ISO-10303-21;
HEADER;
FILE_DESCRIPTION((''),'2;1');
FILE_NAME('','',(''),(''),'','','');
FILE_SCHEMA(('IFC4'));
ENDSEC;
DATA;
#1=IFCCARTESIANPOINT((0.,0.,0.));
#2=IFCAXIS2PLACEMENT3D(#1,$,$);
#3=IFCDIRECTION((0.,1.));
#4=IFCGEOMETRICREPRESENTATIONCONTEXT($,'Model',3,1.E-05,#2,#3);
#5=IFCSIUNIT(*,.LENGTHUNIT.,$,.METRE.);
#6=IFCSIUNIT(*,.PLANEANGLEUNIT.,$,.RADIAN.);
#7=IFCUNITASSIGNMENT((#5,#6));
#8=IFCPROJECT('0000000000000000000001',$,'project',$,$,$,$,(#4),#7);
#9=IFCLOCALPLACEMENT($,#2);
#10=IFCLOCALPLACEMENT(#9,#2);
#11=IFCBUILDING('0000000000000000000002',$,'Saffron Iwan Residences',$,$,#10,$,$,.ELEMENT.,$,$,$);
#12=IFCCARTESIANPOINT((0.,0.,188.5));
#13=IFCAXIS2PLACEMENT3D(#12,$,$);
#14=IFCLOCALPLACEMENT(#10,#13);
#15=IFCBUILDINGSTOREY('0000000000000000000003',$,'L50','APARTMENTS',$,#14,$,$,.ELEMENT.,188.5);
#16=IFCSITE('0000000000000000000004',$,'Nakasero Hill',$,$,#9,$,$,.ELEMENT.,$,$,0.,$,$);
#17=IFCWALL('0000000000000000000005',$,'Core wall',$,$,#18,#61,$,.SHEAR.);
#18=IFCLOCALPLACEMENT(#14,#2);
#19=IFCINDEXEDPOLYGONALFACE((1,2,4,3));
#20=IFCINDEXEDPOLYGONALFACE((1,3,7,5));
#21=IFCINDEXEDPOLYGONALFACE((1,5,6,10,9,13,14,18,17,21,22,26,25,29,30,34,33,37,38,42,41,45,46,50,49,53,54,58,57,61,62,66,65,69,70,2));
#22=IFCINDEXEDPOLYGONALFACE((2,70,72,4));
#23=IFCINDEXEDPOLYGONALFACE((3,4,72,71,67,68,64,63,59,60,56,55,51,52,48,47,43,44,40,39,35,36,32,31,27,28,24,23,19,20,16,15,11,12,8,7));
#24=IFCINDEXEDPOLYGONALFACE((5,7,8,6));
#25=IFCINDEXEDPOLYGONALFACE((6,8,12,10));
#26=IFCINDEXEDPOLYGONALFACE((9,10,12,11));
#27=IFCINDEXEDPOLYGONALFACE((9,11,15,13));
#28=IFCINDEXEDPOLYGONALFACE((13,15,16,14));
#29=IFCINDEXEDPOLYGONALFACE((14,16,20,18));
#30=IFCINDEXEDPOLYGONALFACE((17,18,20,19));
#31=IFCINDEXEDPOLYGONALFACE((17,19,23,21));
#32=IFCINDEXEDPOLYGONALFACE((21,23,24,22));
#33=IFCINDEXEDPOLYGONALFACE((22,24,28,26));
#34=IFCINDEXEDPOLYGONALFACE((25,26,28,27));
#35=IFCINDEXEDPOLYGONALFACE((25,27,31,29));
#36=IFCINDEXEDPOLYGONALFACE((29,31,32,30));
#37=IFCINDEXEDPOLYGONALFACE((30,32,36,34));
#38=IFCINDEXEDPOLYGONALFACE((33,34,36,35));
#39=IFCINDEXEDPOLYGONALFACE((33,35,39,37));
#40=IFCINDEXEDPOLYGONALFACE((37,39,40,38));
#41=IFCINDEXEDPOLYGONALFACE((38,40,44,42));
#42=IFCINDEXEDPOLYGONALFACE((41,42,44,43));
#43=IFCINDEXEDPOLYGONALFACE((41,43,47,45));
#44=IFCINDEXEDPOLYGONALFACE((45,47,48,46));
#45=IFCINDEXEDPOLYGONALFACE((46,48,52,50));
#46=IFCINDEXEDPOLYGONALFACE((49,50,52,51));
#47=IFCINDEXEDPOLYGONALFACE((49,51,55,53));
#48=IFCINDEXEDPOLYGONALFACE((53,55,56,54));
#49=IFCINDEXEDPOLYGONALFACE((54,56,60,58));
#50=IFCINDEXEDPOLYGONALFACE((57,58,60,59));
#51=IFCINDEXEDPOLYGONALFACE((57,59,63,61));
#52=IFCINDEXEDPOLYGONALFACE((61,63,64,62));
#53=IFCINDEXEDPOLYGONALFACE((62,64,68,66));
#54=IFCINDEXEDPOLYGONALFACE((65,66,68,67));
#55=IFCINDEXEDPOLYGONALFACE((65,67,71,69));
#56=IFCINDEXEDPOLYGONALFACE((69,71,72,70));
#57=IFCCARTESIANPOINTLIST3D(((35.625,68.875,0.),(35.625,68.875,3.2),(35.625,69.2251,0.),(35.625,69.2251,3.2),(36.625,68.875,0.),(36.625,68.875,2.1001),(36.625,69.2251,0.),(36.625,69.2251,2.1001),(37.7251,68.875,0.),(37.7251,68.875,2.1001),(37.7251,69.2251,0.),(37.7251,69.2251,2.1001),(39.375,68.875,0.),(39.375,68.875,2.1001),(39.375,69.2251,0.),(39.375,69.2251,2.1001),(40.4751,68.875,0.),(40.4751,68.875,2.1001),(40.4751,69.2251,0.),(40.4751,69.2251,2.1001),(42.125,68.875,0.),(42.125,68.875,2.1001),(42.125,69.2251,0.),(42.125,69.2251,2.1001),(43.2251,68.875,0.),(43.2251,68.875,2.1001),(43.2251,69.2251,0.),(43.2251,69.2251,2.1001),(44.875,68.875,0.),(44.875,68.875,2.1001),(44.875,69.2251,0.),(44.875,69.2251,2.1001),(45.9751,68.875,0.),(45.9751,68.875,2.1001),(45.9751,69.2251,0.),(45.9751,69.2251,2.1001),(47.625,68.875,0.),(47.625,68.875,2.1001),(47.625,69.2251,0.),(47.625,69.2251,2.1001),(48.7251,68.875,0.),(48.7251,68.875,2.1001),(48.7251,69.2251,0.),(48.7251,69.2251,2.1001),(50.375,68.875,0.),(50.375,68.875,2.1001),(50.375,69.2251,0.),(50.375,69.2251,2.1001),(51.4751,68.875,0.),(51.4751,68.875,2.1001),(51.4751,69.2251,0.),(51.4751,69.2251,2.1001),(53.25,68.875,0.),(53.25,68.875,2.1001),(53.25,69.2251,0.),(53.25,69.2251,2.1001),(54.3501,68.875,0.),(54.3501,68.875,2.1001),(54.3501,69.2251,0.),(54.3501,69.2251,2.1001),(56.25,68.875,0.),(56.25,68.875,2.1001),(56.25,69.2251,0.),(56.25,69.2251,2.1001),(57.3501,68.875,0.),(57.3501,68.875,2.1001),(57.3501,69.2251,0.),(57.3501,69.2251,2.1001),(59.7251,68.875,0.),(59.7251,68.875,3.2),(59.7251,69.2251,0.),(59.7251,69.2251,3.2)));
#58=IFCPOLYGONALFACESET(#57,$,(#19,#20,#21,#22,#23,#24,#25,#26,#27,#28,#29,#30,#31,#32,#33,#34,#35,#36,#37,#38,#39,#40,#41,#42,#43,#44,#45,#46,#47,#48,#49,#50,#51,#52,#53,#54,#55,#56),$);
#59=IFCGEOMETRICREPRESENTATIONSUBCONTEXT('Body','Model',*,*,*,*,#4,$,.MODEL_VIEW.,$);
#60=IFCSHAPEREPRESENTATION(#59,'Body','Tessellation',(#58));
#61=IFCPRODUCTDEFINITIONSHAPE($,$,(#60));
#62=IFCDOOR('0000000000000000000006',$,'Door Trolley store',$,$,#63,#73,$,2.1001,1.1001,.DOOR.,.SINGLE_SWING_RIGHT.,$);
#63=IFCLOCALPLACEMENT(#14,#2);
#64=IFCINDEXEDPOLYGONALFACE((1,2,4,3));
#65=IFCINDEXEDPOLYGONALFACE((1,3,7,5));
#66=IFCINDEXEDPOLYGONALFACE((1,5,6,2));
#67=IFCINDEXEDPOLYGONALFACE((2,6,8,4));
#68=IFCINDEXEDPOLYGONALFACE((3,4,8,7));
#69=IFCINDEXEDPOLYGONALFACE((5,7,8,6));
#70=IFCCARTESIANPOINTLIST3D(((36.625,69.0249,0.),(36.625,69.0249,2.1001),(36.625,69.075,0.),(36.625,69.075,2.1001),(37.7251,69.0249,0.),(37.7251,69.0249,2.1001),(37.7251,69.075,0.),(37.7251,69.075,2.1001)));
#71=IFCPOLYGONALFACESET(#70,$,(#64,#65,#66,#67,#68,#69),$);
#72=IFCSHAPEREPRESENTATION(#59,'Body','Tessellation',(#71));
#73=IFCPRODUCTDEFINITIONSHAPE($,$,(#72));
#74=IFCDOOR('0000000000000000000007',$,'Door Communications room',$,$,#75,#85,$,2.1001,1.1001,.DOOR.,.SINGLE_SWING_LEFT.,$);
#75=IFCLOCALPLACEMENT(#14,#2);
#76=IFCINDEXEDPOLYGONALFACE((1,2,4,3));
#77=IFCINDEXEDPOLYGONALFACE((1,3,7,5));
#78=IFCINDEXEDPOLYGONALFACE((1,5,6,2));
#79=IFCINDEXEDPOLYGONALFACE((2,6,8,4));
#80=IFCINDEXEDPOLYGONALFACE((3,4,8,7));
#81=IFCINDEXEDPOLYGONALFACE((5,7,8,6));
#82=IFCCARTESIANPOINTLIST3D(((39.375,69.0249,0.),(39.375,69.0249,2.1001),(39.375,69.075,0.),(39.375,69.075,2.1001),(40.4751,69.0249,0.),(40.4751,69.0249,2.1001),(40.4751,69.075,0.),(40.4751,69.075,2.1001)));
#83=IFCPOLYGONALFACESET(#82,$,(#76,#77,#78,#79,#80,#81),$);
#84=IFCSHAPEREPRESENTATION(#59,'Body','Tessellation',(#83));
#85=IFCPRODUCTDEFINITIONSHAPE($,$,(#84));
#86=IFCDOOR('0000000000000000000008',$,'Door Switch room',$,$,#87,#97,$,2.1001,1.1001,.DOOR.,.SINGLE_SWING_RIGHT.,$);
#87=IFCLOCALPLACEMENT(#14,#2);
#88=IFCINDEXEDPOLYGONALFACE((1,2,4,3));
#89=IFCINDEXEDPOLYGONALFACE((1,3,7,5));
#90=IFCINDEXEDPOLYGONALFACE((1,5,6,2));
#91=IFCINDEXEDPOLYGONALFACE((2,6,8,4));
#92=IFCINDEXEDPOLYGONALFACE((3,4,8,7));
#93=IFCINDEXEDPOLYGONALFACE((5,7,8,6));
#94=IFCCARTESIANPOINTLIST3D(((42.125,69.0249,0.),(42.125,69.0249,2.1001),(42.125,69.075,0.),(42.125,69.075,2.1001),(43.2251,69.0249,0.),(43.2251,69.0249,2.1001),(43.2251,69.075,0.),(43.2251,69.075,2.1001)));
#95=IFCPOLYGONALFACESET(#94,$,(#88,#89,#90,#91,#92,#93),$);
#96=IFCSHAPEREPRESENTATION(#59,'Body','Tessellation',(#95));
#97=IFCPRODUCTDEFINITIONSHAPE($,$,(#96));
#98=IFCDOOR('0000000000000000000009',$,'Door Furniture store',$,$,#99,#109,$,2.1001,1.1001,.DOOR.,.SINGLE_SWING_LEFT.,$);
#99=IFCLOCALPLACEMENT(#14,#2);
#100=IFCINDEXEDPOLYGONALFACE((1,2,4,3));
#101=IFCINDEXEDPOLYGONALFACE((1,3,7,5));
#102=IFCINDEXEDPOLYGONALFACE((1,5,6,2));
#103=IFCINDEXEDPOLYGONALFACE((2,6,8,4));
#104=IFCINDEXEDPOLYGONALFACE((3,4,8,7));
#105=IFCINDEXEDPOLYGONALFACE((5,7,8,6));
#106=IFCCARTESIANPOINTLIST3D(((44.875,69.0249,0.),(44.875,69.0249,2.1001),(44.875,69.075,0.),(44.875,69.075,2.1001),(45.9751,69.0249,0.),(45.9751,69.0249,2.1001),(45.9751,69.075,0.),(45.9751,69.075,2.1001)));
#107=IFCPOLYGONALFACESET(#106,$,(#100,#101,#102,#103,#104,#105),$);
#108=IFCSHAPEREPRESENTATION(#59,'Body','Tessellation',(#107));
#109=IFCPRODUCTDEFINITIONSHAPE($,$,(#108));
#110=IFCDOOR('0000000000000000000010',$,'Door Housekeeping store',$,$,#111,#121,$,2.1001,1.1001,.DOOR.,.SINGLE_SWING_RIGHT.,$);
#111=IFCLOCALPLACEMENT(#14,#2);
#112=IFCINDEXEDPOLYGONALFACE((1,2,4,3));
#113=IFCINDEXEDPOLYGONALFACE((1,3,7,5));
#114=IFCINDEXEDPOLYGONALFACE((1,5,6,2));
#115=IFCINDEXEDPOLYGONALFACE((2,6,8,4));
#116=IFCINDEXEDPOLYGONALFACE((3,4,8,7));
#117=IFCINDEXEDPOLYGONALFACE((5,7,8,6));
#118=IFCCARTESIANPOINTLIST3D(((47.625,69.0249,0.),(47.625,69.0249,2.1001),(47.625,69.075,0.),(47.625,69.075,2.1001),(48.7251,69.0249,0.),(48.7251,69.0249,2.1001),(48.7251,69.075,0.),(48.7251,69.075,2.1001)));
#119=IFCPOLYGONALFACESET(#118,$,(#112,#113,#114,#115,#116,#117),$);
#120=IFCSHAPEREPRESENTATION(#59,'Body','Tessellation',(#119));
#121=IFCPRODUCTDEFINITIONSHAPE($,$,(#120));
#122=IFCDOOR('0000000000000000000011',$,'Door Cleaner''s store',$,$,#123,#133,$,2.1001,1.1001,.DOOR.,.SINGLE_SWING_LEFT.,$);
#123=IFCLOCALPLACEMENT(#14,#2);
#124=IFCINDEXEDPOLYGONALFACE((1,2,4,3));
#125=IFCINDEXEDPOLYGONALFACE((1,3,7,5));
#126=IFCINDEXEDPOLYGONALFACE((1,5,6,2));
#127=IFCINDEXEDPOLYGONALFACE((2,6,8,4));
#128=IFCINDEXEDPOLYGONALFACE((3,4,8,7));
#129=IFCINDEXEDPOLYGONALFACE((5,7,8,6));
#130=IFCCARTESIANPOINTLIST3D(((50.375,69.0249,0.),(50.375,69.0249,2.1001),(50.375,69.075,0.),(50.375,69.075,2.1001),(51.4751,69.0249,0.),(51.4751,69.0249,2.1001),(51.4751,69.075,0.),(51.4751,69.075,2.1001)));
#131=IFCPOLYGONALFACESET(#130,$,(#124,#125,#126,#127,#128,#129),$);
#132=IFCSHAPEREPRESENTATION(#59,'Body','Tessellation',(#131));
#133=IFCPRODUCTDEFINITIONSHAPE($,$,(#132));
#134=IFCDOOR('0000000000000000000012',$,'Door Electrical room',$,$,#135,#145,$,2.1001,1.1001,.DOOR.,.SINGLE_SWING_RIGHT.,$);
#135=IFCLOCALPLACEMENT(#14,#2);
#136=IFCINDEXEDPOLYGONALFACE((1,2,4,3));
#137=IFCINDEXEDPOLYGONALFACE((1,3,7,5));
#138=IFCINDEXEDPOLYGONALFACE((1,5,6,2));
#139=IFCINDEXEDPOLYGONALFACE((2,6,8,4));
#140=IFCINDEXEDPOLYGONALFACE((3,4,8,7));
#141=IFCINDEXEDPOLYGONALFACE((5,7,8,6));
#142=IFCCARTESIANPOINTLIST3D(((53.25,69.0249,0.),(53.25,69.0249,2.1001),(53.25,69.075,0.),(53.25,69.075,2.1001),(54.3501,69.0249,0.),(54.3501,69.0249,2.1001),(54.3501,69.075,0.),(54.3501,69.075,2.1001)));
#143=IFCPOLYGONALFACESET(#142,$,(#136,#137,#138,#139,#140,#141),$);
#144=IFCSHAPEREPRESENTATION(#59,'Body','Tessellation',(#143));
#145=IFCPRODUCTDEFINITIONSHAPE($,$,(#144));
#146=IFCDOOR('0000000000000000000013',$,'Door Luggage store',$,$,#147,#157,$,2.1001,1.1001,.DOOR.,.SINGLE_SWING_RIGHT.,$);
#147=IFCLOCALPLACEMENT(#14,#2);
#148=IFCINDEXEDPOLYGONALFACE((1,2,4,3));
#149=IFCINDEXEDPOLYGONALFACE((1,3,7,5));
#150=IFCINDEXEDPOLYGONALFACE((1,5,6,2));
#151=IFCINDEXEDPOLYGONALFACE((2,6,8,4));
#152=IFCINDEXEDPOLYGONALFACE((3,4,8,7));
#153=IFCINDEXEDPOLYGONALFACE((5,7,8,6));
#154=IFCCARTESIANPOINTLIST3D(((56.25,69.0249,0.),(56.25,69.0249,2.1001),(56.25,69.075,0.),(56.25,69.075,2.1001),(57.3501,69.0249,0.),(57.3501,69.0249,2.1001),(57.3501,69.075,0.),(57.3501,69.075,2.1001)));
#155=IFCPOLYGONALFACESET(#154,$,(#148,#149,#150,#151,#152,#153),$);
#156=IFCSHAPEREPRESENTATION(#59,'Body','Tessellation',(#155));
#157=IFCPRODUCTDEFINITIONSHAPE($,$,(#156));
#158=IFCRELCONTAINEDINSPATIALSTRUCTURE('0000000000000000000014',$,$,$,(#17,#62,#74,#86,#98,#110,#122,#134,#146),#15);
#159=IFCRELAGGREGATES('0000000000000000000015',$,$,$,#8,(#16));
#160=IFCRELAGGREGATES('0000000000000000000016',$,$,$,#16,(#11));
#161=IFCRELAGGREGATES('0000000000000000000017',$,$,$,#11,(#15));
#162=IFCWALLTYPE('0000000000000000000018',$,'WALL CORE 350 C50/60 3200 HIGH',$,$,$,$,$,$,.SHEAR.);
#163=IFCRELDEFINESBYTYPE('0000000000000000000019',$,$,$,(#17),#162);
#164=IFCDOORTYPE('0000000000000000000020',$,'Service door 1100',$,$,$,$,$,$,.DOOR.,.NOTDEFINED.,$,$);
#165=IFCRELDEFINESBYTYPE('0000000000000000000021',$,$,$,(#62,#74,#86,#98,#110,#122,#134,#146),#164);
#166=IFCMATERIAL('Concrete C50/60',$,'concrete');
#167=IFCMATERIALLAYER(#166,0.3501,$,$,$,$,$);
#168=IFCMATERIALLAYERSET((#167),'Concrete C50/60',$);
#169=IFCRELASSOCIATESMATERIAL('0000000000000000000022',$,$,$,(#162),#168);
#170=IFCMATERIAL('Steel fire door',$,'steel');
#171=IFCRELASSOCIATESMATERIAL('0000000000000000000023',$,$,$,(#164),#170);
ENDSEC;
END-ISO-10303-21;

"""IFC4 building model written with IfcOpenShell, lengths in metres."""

from ifc_helpers import new_model, si_unit, direction, frame, frame_2d, origin, place, context, subcontext, project, spatial, rectangle, extrude, material, layer, layer_set, type_object, element, fill, save


model = new_model("IFC4")

# Units and contexts
model_context = context("Model", 3, precision=1e-05, world=origin(), true_north=direction((0.0, 1.0)))
body_context = subcontext(model_context, "Body", "Model", "MODEL_VIEW")
ifc_project = project(units=[si_unit("LENGTHUNIT", "METRE"), si_unit("PLANEANGLEUNIT", "RADIAN")], contexts=[model_context])

# Site, building, storey
site_placement = place(None, origin())
site = spatial("IfcSite", under=ifc_project, at=site_placement, Name="Nakasero Hill", CompositionType="ELEMENT", RefElevation=0.0)
building_placement = place(site_placement, origin())
building = spatial("IfcBuilding", under=site, at=building_placement, Name="Saffron Iwan Residences", CompositionType="ELEMENT")
storey_placement = place(building_placement, frame((0.0, 0.0, 188.5)))
storey = spatial("IfcBuildingStorey", under=building, at=storey_placement, Name="L50", Description="APARTMENTS", CompositionType="ELEMENT", Elevation=188.5)

# Shared definitions
ifc_material_1 = material(Name="Steel fire door", Category="steel")

# Wall, openings, doors
ifc_material_2 = material(Name="Concrete C50/60", Category="concrete")
ifc_layer_1 = layer(ifc_material_2, 0.3501)
ifc_layer_set_1 = layer_set([ifc_layer_1], Name="Concrete C50/60")
wall_type_1 = type_object("IfcWallType", Name="WALL CORE 350 C50/60 3200 HIGH", PredefinedType="SHEAR", material=ifc_layer_set_1)
wall_1_placement = place(storey_placement, frame((35.625, 69.05, 0.0), z_axis=(0.0, 0.0, 1.0), x_axis=(1.0, 0.0, 0.0)))
wall_1 = element("IfcWall", 1, at=wall_1_placement, inside=storey, type_object=wall_type_1, Name="Core wall", PredefinedType="SHEAR", context=body_context, shape_type="SweptSolid", body=[
    extrude(rectangle(XDim=24.1001, YDim=0.3501, at=frame_2d((12.05, 0.0))), origin(), (0.0, 0.0, 1.0), 3.2),
])
opening_1_placement = place(wall_1_placement, frame((1.0, 0.0, 0.0)))
opening_1 = element("IfcOpeningElement", 2, at=opening_1_placement, cuts=wall_1, PredefinedType="OPENING", context=body_context, shape_type="SweptSolid", body=[
    extrude(rectangle(XDim=1.1001, YDim=2.1001, at=frame_2d((0.55, 1.05))), frame((0.0, 0.1851, 0.0), z_axis=(0.0, -1.0, 0.0), x_axis=(1.0, 0.0, 0.0)), (0.0, 0.0, 1.0), 0.3701),
])
opening_2_placement = place(wall_1_placement, frame((3.75, 0.0, 0.0)))
opening_2 = element("IfcOpeningElement", 3, at=opening_2_placement, cuts=wall_1, PredefinedType="OPENING", context=body_context, shape_type="SweptSolid", body=[
    extrude(rectangle(XDim=1.1001, YDim=2.1001, at=frame_2d((0.55, 1.05))), frame((0.0, 0.1851, 0.0), z_axis=(0.0, -1.0, 0.0), x_axis=(1.0, 0.0, 0.0)), (0.0, 0.0, 1.0), 0.3701),
])
opening_3_placement = place(wall_1_placement, frame((6.5, 0.0, 0.0)))
opening_3 = element("IfcOpeningElement", 4, at=opening_3_placement, cuts=wall_1, PredefinedType="OPENING", context=body_context, shape_type="SweptSolid", body=[
    extrude(rectangle(XDim=1.1001, YDim=2.1001, at=frame_2d((0.55, 1.05))), frame((0.0, 0.1851, 0.0), z_axis=(0.0, -1.0, 0.0), x_axis=(1.0, 0.0, 0.0)), (0.0, 0.0, 1.0), 0.3701),
])
opening_4_placement = place(wall_1_placement, frame((9.25, 0.0, 0.0)))
opening_4 = element("IfcOpeningElement", 5, at=opening_4_placement, cuts=wall_1, PredefinedType="OPENING", context=body_context, shape_type="SweptSolid", body=[
    extrude(rectangle(XDim=1.1001, YDim=2.1001, at=frame_2d((0.55, 1.05))), frame((0.0, 0.1851, 0.0), z_axis=(0.0, -1.0, 0.0), x_axis=(1.0, 0.0, 0.0)), (0.0, 0.0, 1.0), 0.3701),
])
opening_5_placement = place(wall_1_placement, frame((12.0, 0.0, 0.0)))
opening_5 = element("IfcOpeningElement", 6, at=opening_5_placement, cuts=wall_1, PredefinedType="OPENING", context=body_context, shape_type="SweptSolid", body=[
    extrude(rectangle(XDim=1.1001, YDim=2.1001, at=frame_2d((0.55, 1.05))), frame((0.0, 0.1851, 0.0), z_axis=(0.0, -1.0, 0.0), x_axis=(1.0, 0.0, 0.0)), (0.0, 0.0, 1.0), 0.3701),
])
opening_6_placement = place(wall_1_placement, frame((14.75, 0.0, 0.0)))
opening_6 = element("IfcOpeningElement", 7, at=opening_6_placement, cuts=wall_1, PredefinedType="OPENING", context=body_context, shape_type="SweptSolid", body=[
    extrude(rectangle(XDim=1.1001, YDim=2.1001, at=frame_2d((0.55, 1.05))), frame((0.0, 0.1851, 0.0), z_axis=(0.0, -1.0, 0.0), x_axis=(1.0, 0.0, 0.0)), (0.0, 0.0, 1.0), 0.3701),
])
opening_7_placement = place(wall_1_placement, frame((17.625, 0.0, 0.0)))
opening_7 = element("IfcOpeningElement", 8, at=opening_7_placement, cuts=wall_1, PredefinedType="OPENING", context=body_context, shape_type="SweptSolid", body=[
    extrude(rectangle(XDim=1.1001, YDim=2.1001, at=frame_2d((0.55, 1.05))), frame((0.0, 0.1851, 0.0), z_axis=(0.0, -1.0, 0.0), x_axis=(1.0, 0.0, 0.0)), (0.0, 0.0, 1.0), 0.3701),
])
opening_8_placement = place(wall_1_placement, frame((20.625, 0.0, 0.0)))
opening_8 = element("IfcOpeningElement", 9, at=opening_8_placement, cuts=wall_1, PredefinedType="OPENING", context=body_context, shape_type="SweptSolid", body=[
    extrude(rectangle(XDim=1.1001, YDim=2.1001, at=frame_2d((0.55, 1.05))), frame((0.0, 0.1851, 0.0), z_axis=(0.0, -1.0, 0.0), x_axis=(1.0, 0.0, 0.0)), (0.0, 0.0, 1.0), 0.3701),
])
door_type_1 = type_object("IfcDoorType", Name="Service door 1100", OperationType="NOTDEFINED", PredefinedType="DOOR", material=ifc_material_1)
door_1_placement = place(opening_1_placement, origin())
door_1 = element("IfcDoor", 10, at=door_1_placement, inside=storey, type_object=door_type_1, Name="Door Trolley store", OperationType="SINGLE_SWING_RIGHT", OverallHeight=2.1001, OverallWidth=1.1001, PredefinedType="DOOR", context=body_context, shape_type="SweptSolid", body=[
    extrude(rectangle(XDim=1.1001, YDim=2.1001, at=frame_2d((0.55, 1.05))), frame((0.0, 0.0249, 0.0), z_axis=(0.0, -1.0, 0.0), x_axis=(1.0, 0.0, 0.0)), (0.0, 0.0, 1.0), 0.05),
])
fill(opening_1, door_1)
door_2_placement = place(opening_2_placement, origin())
door_2 = element("IfcDoor", 11, at=door_2_placement, inside=storey, type_object=door_type_1, Name="Door Communications room", OperationType="SINGLE_SWING_LEFT", OverallHeight=2.1001, OverallWidth=1.1001, PredefinedType="DOOR", context=body_context, shape_type="SweptSolid", body=[
    extrude(rectangle(XDim=1.1001, YDim=2.1001, at=frame_2d((0.55, 1.05))), frame((0.0, 0.0249, 0.0), z_axis=(0.0, -1.0, 0.0), x_axis=(1.0, 0.0, 0.0)), (0.0, 0.0, 1.0), 0.05),
])
fill(opening_2, door_2)
door_3_placement = place(opening_3_placement, origin())
door_3 = element("IfcDoor", 12, at=door_3_placement, inside=storey, type_object=door_type_1, Name="Door Switch room", OperationType="SINGLE_SWING_RIGHT", OverallHeight=2.1001, OverallWidth=1.1001, PredefinedType="DOOR", context=body_context, shape_type="SweptSolid", body=[
    extrude(rectangle(XDim=1.1001, YDim=2.1001, at=frame_2d((0.55, 1.05))), frame((0.0, 0.0249, 0.0), z_axis=(0.0, -1.0, 0.0), x_axis=(1.0, 0.0, 0.0)), (0.0, 0.0, 1.0), 0.05),
])
fill(opening_3, door_3)
door_4_placement = place(opening_4_placement, origin())
door_4 = element("IfcDoor", 13, at=door_4_placement, inside=storey, type_object=door_type_1, Name="Door Furniture store", OperationType="SINGLE_SWING_LEFT", OverallHeight=2.1001, OverallWidth=1.1001, PredefinedType="DOOR", context=body_context, shape_type="SweptSolid", body=[
    extrude(rectangle(XDim=1.1001, YDim=2.1001, at=frame_2d((0.55, 1.05))), frame((0.0, 0.0249, 0.0), z_axis=(0.0, -1.0, 0.0), x_axis=(1.0, 0.0, 0.0)), (0.0, 0.0, 1.0), 0.05),
])
fill(opening_4, door_4)
door_5_placement = place(opening_5_placement, origin())
door_5 = element("IfcDoor", 14, at=door_5_placement, inside=storey, type_object=door_type_1, Name="Door Housekeeping store", OperationType="SINGLE_SWING_RIGHT", OverallHeight=2.1001, OverallWidth=1.1001, PredefinedType="DOOR", context=body_context, shape_type="SweptSolid", body=[
    extrude(rectangle(XDim=1.1001, YDim=2.1001, at=frame_2d((0.55, 1.05))), frame((0.0, 0.0249, 0.0), z_axis=(0.0, -1.0, 0.0), x_axis=(1.0, 0.0, 0.0)), (0.0, 0.0, 1.0), 0.05),
])
fill(opening_5, door_5)
door_6_placement = place(opening_6_placement, origin())
door_6 = element("IfcDoor", 15, at=door_6_placement, inside=storey, type_object=door_type_1, Name="Door Cleaner's store", OperationType="SINGLE_SWING_LEFT", OverallHeight=2.1001, OverallWidth=1.1001, PredefinedType="DOOR", context=body_context, shape_type="SweptSolid", body=[
    extrude(rectangle(XDim=1.1001, YDim=2.1001, at=frame_2d((0.55, 1.05))), frame((0.0, 0.0249, 0.0), z_axis=(0.0, -1.0, 0.0), x_axis=(1.0, 0.0, 0.0)), (0.0, 0.0, 1.0), 0.05),
])
fill(opening_6, door_6)
door_7_placement = place(opening_7_placement, origin())
door_7 = element("IfcDoor", 16, at=door_7_placement, inside=storey, type_object=door_type_1, Name="Door Electrical room", OperationType="SINGLE_SWING_RIGHT", OverallHeight=2.1001, OverallWidth=1.1001, PredefinedType="DOOR", context=body_context, shape_type="SweptSolid", body=[
    extrude(rectangle(XDim=1.1001, YDim=2.1001, at=frame_2d((0.55, 1.05))), frame((0.0, 0.0249, 0.0), z_axis=(0.0, -1.0, 0.0), x_axis=(1.0, 0.0, 0.0)), (0.0, 0.0, 1.0), 0.05),
])
fill(opening_7, door_7)
door_8_placement = place(opening_8_placement, origin())
door_8 = element("IfcDoor", 17, at=door_8_placement, inside=storey, type_object=door_type_1, Name="Door Luggage store", OperationType="SINGLE_SWING_RIGHT", OverallHeight=2.1001, OverallWidth=1.1001, PredefinedType="DOOR", context=body_context, shape_type="SweptSolid", body=[
    extrude(rectangle(XDim=1.1001, YDim=2.1001, at=frame_2d((0.55, 1.05))), frame((0.0, 0.0249, 0.0), z_axis=(0.0, -1.0, 0.0), x_axis=(1.0, 0.0, 0.0)), (0.0, 0.0, 1.0), 0.05),
])
fill(opening_8, door_8)

save(model, "model.ifc")
